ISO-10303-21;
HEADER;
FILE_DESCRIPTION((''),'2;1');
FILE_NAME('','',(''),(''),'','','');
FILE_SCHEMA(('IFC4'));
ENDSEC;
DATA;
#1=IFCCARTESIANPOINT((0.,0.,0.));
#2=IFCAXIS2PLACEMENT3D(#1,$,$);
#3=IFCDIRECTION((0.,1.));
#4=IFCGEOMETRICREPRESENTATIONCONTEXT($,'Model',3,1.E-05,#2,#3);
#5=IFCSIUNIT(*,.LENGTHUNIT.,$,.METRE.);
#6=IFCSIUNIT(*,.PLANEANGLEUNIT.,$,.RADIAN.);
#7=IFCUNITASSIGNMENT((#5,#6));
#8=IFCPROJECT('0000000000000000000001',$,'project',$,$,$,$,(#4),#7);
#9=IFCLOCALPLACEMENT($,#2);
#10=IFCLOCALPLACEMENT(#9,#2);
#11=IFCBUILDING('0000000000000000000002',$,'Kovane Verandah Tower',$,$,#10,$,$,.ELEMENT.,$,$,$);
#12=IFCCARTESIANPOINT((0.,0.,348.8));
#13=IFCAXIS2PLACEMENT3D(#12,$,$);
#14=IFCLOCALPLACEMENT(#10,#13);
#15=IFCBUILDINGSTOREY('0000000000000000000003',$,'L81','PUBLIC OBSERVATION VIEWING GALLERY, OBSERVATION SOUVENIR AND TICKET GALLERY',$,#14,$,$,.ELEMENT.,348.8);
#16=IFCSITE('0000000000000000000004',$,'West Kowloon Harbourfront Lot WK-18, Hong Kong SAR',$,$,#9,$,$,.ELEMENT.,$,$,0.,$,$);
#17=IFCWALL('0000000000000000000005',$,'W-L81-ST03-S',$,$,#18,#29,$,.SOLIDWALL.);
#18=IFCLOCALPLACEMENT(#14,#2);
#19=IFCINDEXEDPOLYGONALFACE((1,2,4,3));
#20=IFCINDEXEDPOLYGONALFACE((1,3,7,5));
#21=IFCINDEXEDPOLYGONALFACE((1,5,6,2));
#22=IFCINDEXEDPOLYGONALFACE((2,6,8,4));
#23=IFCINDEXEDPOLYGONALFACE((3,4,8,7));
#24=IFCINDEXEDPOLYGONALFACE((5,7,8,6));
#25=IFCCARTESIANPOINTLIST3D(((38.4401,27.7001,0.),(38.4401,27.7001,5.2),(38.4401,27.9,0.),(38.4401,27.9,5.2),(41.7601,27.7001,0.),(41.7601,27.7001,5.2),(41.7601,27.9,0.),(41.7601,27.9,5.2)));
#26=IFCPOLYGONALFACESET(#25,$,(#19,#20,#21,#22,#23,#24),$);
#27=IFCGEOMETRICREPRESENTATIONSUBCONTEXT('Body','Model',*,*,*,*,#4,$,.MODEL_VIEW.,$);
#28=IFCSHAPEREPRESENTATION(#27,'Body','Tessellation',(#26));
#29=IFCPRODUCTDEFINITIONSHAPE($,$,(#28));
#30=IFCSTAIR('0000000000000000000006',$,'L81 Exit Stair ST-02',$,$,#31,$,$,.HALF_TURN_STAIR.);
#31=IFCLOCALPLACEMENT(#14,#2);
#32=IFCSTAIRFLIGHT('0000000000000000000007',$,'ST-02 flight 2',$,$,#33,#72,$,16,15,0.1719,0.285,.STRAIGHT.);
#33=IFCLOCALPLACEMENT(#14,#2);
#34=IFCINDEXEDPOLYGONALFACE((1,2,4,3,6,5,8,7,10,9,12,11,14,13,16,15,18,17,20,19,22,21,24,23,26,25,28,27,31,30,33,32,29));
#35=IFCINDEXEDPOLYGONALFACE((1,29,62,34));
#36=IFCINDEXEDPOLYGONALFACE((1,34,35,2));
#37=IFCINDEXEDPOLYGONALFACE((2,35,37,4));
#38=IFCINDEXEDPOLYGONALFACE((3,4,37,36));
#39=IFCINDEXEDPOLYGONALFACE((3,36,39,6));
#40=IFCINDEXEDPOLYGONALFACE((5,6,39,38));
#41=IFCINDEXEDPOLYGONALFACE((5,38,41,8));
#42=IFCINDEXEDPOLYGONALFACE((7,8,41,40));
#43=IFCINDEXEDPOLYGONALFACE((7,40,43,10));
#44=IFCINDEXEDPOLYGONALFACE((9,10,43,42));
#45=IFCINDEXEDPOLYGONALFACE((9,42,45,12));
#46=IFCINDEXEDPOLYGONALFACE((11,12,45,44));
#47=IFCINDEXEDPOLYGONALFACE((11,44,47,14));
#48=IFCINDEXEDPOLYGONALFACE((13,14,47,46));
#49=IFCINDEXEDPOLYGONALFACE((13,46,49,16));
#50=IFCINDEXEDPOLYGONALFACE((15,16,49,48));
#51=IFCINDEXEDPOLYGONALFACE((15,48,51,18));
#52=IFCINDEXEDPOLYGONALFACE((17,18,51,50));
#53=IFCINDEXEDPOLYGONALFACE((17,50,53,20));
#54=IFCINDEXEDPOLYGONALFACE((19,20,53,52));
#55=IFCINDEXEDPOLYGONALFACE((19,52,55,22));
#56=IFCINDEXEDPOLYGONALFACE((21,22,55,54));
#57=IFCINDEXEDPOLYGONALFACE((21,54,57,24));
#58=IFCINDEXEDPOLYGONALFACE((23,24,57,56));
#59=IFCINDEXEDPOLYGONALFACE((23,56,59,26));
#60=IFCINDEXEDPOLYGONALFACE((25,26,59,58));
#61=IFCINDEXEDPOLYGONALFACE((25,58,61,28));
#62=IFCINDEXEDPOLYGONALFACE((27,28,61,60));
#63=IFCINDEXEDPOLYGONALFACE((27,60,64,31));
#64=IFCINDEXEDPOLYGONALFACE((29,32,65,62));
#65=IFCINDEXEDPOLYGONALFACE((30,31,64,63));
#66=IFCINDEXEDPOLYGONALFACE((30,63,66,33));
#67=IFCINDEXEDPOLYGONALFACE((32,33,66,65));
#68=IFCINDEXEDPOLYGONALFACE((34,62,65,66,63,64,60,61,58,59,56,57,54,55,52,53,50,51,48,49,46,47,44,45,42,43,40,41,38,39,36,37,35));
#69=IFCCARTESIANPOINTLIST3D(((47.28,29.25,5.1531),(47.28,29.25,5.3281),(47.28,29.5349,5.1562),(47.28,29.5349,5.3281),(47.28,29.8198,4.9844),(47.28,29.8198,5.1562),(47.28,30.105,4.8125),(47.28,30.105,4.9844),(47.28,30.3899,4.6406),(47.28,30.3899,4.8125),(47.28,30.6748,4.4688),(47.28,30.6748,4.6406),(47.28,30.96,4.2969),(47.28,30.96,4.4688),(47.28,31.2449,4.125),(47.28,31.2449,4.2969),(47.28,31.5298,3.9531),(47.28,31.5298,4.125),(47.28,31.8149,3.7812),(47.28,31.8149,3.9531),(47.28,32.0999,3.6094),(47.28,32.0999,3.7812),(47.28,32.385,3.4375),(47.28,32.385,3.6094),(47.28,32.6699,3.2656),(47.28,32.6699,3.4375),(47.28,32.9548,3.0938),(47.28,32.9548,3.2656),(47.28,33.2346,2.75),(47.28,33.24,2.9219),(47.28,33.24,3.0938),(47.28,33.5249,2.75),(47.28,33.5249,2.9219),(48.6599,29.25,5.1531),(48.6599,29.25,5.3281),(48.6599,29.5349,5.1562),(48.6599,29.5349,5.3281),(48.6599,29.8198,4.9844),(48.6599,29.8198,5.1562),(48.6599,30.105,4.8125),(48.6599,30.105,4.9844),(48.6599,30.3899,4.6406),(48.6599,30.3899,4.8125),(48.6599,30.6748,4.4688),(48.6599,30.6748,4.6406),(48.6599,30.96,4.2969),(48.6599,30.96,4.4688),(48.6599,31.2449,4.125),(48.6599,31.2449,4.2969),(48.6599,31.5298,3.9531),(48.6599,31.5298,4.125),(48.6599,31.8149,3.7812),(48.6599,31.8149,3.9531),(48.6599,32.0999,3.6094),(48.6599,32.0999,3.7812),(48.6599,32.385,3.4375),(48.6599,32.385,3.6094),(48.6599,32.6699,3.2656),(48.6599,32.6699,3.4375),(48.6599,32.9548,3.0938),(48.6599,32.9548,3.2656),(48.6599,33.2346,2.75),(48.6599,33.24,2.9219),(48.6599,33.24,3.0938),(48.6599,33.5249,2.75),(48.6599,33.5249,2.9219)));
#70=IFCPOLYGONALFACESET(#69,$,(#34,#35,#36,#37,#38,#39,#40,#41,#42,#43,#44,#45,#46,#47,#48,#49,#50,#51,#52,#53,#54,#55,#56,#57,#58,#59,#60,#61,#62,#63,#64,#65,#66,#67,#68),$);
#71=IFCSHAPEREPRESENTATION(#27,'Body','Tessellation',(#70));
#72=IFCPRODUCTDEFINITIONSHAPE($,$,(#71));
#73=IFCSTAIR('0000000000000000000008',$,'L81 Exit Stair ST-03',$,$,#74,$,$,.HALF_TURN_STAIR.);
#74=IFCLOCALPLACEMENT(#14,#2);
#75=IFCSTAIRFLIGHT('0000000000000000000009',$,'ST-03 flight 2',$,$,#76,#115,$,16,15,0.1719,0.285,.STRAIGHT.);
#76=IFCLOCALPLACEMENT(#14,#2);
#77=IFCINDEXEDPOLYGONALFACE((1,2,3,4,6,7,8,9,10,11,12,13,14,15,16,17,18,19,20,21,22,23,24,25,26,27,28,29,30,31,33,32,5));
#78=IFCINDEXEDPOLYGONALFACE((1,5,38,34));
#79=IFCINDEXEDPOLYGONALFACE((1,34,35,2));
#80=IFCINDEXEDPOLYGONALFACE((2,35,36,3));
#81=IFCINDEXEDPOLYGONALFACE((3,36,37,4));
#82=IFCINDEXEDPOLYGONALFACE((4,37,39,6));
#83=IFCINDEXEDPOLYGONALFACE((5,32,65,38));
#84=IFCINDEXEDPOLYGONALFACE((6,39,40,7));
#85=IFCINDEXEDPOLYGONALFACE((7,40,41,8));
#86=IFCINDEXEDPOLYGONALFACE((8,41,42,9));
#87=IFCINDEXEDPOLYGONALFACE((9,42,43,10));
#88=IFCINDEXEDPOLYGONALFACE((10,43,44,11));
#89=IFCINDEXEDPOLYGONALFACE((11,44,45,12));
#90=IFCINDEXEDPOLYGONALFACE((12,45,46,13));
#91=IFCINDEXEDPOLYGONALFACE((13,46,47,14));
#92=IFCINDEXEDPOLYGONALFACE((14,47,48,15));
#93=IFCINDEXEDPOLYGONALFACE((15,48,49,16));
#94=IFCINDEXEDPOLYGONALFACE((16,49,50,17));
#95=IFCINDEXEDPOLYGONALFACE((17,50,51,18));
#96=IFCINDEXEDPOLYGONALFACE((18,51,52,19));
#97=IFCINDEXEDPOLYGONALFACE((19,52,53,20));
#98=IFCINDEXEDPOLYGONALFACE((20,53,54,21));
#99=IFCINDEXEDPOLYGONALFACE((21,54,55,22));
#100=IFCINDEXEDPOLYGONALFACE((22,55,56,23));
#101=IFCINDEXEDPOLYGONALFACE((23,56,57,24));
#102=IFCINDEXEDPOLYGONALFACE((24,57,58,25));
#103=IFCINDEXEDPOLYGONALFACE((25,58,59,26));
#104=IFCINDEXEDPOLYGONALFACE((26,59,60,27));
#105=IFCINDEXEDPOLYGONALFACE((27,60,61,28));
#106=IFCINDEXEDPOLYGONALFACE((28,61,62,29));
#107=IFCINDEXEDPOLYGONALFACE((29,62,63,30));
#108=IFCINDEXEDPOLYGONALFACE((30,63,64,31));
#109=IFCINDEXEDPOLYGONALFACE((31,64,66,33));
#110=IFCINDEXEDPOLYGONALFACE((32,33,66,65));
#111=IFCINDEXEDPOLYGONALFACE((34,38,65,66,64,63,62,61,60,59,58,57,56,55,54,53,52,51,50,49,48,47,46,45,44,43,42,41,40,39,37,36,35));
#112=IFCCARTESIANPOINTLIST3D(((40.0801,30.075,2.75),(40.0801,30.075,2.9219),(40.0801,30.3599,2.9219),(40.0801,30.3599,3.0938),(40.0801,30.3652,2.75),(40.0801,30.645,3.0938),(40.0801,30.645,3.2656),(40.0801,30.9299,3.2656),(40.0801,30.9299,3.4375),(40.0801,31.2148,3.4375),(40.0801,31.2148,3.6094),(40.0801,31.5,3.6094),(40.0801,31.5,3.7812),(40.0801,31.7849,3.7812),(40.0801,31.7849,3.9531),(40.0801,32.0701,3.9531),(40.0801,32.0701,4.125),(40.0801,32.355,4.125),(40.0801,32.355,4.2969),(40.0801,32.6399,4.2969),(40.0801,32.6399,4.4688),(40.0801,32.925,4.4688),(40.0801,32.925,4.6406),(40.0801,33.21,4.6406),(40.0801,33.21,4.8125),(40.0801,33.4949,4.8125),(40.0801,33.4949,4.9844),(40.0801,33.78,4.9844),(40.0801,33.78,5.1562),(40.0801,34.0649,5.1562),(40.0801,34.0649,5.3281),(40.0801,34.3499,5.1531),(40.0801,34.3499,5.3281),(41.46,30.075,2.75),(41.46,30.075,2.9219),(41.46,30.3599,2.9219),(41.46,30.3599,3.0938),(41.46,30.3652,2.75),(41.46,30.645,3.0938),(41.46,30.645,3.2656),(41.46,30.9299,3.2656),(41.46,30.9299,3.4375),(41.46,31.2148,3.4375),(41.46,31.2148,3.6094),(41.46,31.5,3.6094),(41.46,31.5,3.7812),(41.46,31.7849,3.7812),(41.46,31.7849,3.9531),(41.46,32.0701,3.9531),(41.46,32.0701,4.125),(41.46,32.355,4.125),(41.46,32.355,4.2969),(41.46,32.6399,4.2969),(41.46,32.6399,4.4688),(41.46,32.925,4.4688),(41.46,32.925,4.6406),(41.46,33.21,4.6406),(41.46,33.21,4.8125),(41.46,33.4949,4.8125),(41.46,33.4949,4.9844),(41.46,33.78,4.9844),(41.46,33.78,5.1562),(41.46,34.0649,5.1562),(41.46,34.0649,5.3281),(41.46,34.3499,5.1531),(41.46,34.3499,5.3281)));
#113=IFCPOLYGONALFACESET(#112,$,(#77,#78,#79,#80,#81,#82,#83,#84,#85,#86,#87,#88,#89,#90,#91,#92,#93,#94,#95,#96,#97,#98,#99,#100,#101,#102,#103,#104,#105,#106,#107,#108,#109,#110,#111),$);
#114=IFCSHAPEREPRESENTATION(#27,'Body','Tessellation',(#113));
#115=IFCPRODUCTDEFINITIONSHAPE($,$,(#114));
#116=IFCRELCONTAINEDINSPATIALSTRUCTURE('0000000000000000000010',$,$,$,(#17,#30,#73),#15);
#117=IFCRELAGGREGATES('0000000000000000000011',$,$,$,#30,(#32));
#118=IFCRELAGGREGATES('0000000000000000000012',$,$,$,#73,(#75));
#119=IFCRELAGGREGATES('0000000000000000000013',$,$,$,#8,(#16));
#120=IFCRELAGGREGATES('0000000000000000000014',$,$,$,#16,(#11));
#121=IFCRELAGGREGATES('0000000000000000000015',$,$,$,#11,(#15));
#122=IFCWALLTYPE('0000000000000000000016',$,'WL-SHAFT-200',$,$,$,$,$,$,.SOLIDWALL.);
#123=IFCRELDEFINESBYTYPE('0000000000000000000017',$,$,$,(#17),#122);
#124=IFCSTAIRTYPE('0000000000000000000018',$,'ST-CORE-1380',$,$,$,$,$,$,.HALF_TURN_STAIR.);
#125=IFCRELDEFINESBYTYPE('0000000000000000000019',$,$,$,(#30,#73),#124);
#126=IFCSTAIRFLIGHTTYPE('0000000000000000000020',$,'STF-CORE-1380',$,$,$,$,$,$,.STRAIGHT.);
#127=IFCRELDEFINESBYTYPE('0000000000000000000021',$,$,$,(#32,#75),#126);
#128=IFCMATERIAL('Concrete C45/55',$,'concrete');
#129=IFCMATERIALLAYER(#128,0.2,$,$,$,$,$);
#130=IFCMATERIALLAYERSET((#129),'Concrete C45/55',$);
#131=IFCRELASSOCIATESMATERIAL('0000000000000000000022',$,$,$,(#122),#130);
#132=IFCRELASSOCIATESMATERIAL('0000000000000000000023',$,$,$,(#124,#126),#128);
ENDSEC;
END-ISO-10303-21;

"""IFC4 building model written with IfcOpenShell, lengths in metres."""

from ifc_helpers import new_model, si_unit, direction, frame, frame_2d, origin, place, context, subcontext, project, spatial, polyline, rectangle, outline, extrude, material, layer, layer_set, type_object, element, aggregate, save


model = new_model("IFC4")

# Units and contexts
model_context = context("Model", 3, precision=1e-05, world=origin(), true_north=direction((0.0, 1.0)))
body_context = subcontext(model_context, "Body", "Model", "MODEL_VIEW")
ifc_project = project(units=[si_unit("LENGTHUNIT", "METRE"), si_unit("PLANEANGLEUNIT", "RADIAN")], contexts=[model_context])

# Site, building, storey
site_placement = place(None, origin())
site = spatial("IfcSite", under=ifc_project, at=site_placement, Name="West Kowloon Harbourfront Lot WK-18, Hong Kong SAR", CompositionType="ELEMENT", RefElevation=0.0)
building_placement = place(site_placement, origin())
building = spatial("IfcBuilding", under=site, at=building_placement, Name="Kovane Verandah Tower", CompositionType="ELEMENT")
storey_placement = place(building_placement, frame((0.0, 0.0, 348.8)))
storey = spatial("IfcBuildingStorey", under=building, at=storey_placement, Name="L81", Description="PUBLIC OBSERVATION VIEWING GALLERY, OBSERVATION SOUVENIR AND TICKET GALLERY", CompositionType="ELEMENT", Elevation=348.8)

# Shared definitions
ifc_material_1 = material(Name="Concrete C45/55", Category="concrete")
ifc_layer_1 = layer(ifc_material_1, 0.2)
ifc_layer_set_1 = layer_set([ifc_layer_1], Name="Concrete C45/55")
wall_type_1 = type_object("IfcWallType", Name="WL-SHAFT-200", PredefinedType="SOLIDWALL", material=ifc_layer_set_1)

# Wall
wall_1_placement = place(storey_placement, frame((38.4399, 27.8, 0.0), z_axis=(0.0, 0.0, 1.0), x_axis=(1.0, 0.0, 0.0)))
element("IfcWall", 1, at=wall_1_placement, inside=storey, type_object=wall_type_1, Name="W-L81-ST03-S", PredefinedType="SOLIDWALL", context=body_context, shape_type="SweptSolid", body=[
    extrude(rectangle(XDim=3.3201, YDim=0.2, at=frame_2d((1.6602, 0.0))), origin(), (0.0, 0.0, 1.0), 5.2),
])

# Stairs, stair flights
stair_type = type_object("IfcStairType", Name="ST-CORE-1380", PredefinedType="HALF_TURN_STAIR", material=ifc_material_1)
stair_1_placement = place(storey_placement, origin())
stair_1 = element("IfcStair", 2, at=stair_1_placement, inside=storey, type_object=stair_type, Name="L81 Exit Stair ST-02", PredefinedType="HALF_TURN_STAIR")
stair_flight_type = type_object("IfcStairFlightType", Name="STF-CORE-1380", PredefinedType="STRAIGHT", material=ifc_material_1)
stair_flight_1_placement = place(storey_placement, frame((47.97, 33.5249, 2.75), z_axis=(0.0, 0.0, 1.0), x_axis=(0.0, -1.0, 0.0)))
stair_flight_1 = element("IfcStairFlight", 3, at=stair_flight_1_placement, type_object=stair_flight_type, Name="ST-02 flight 2", NumberOfRisers=16, NumberOfTreads=15, PredefinedType="STRAIGHT", RiserHeight=0.1719, TreadLength=0.285, context=body_context, shape_type="SweptSolid", body=[
    extrude(outline(polyline([(0.0, 0.0), (0.0, 0.1719), (0.2849, 0.1719), (0.2849, 0.3438), (0.5701, 0.3438), (0.5701, 0.5156), (0.855, 0.5156), (0.855, 0.6875), (1.1399, 0.6875), (1.1399, 0.8594), (1.425, 0.8594), (1.425, 1.0312), (1.71, 1.0312), (1.71, 1.2031), (1.9951, 1.2031), (1.9951, 1.375), (2.28, 1.375), (2.28, 1.5469), (2.5649, 1.5469), (2.5649, 1.7188), (2.8501, 1.7188), (2.8501, 1.8906), (3.135, 1.8906), (3.135, 2.0625), (3.4199, 2.0625), (3.4199, 2.2344), (3.7051, 2.2344), (3.7051, 2.4062), (3.99, 2.4062), (3.99, 2.5781), (4.2749, 2.5781), (4.2749, 2.75), (4.2749, 2.4031), (0.2903, 0.0), (0.0, 0.0)])), frame((0.0, 0.6899, 0.0), z_axis=(0.0, -1.0, 0.0), x_axis=(1.0, 0.0, 0.0)), (0.0, 0.0, 1.0), 1.3799),
])
aggregate(stair_1, [stair_flight_1])
stair_2_placement = place(storey_placement, origin())
stair_2 = element("IfcStair", 4, at=stair_2_placement, inside=storey, type_object=stair_type, Name="L81 Exit Stair ST-03", PredefinedType="HALF_TURN_STAIR")
stair_flight_2_placement = place(storey_placement, frame((40.77, 30.075, 2.75), z_axis=(0.0, 0.0, 1.0), x_axis=(0.0, 1.0, 0.0)))
stair_flight_2 = element("IfcStairFlight", 5, at=stair_flight_2_placement, type_object=stair_flight_type, Name="ST-03 flight 2", NumberOfRisers=16, NumberOfTreads=15, PredefinedType="STRAIGHT", RiserHeight=0.1719, TreadLength=0.285, context=body_context, shape_type="SweptSolid", body=[
    extrude(outline(polyline([(0.0, 0.0), (0.0, 0.1719), (0.2849, 0.1719), (0.2849, 0.3438), (0.5701, 0.3438), (0.5701, 0.5156), (0.855, 0.5156), (0.855, 0.6875), (1.1399, 0.6875), (1.1399, 0.8594), (1.425, 0.8594), (1.425, 1.0312), (1.71, 1.0312), (1.71, 1.2031), (1.9951, 1.2031), (1.9951, 1.375), (2.28, 1.375), (2.28, 1.5469), (2.5649, 1.5469), (2.5649, 1.7188), (2.8501, 1.7188), (2.8501, 1.8906), (3.135, 1.8906), (3.135, 2.0625), (3.4199, 2.0625), (3.4199, 2.2344), (3.7051, 2.2344), (3.7051, 2.4062), (3.99, 2.4062), (3.99, 2.5781), (4.2749, 2.5781), (4.2749, 2.75), (4.2749, 2.4031), (0.2903, 0.0), (0.0, 0.0)])), frame((0.0, 0.6899, 0.0), z_axis=(0.0, -1.0, 0.0), x_axis=(1.0, 0.0, 0.0)), (0.0, 0.0, 1.0), 1.3799),
])
aggregate(stair_2, [stair_flight_2])

save(model, "model.ifc")
